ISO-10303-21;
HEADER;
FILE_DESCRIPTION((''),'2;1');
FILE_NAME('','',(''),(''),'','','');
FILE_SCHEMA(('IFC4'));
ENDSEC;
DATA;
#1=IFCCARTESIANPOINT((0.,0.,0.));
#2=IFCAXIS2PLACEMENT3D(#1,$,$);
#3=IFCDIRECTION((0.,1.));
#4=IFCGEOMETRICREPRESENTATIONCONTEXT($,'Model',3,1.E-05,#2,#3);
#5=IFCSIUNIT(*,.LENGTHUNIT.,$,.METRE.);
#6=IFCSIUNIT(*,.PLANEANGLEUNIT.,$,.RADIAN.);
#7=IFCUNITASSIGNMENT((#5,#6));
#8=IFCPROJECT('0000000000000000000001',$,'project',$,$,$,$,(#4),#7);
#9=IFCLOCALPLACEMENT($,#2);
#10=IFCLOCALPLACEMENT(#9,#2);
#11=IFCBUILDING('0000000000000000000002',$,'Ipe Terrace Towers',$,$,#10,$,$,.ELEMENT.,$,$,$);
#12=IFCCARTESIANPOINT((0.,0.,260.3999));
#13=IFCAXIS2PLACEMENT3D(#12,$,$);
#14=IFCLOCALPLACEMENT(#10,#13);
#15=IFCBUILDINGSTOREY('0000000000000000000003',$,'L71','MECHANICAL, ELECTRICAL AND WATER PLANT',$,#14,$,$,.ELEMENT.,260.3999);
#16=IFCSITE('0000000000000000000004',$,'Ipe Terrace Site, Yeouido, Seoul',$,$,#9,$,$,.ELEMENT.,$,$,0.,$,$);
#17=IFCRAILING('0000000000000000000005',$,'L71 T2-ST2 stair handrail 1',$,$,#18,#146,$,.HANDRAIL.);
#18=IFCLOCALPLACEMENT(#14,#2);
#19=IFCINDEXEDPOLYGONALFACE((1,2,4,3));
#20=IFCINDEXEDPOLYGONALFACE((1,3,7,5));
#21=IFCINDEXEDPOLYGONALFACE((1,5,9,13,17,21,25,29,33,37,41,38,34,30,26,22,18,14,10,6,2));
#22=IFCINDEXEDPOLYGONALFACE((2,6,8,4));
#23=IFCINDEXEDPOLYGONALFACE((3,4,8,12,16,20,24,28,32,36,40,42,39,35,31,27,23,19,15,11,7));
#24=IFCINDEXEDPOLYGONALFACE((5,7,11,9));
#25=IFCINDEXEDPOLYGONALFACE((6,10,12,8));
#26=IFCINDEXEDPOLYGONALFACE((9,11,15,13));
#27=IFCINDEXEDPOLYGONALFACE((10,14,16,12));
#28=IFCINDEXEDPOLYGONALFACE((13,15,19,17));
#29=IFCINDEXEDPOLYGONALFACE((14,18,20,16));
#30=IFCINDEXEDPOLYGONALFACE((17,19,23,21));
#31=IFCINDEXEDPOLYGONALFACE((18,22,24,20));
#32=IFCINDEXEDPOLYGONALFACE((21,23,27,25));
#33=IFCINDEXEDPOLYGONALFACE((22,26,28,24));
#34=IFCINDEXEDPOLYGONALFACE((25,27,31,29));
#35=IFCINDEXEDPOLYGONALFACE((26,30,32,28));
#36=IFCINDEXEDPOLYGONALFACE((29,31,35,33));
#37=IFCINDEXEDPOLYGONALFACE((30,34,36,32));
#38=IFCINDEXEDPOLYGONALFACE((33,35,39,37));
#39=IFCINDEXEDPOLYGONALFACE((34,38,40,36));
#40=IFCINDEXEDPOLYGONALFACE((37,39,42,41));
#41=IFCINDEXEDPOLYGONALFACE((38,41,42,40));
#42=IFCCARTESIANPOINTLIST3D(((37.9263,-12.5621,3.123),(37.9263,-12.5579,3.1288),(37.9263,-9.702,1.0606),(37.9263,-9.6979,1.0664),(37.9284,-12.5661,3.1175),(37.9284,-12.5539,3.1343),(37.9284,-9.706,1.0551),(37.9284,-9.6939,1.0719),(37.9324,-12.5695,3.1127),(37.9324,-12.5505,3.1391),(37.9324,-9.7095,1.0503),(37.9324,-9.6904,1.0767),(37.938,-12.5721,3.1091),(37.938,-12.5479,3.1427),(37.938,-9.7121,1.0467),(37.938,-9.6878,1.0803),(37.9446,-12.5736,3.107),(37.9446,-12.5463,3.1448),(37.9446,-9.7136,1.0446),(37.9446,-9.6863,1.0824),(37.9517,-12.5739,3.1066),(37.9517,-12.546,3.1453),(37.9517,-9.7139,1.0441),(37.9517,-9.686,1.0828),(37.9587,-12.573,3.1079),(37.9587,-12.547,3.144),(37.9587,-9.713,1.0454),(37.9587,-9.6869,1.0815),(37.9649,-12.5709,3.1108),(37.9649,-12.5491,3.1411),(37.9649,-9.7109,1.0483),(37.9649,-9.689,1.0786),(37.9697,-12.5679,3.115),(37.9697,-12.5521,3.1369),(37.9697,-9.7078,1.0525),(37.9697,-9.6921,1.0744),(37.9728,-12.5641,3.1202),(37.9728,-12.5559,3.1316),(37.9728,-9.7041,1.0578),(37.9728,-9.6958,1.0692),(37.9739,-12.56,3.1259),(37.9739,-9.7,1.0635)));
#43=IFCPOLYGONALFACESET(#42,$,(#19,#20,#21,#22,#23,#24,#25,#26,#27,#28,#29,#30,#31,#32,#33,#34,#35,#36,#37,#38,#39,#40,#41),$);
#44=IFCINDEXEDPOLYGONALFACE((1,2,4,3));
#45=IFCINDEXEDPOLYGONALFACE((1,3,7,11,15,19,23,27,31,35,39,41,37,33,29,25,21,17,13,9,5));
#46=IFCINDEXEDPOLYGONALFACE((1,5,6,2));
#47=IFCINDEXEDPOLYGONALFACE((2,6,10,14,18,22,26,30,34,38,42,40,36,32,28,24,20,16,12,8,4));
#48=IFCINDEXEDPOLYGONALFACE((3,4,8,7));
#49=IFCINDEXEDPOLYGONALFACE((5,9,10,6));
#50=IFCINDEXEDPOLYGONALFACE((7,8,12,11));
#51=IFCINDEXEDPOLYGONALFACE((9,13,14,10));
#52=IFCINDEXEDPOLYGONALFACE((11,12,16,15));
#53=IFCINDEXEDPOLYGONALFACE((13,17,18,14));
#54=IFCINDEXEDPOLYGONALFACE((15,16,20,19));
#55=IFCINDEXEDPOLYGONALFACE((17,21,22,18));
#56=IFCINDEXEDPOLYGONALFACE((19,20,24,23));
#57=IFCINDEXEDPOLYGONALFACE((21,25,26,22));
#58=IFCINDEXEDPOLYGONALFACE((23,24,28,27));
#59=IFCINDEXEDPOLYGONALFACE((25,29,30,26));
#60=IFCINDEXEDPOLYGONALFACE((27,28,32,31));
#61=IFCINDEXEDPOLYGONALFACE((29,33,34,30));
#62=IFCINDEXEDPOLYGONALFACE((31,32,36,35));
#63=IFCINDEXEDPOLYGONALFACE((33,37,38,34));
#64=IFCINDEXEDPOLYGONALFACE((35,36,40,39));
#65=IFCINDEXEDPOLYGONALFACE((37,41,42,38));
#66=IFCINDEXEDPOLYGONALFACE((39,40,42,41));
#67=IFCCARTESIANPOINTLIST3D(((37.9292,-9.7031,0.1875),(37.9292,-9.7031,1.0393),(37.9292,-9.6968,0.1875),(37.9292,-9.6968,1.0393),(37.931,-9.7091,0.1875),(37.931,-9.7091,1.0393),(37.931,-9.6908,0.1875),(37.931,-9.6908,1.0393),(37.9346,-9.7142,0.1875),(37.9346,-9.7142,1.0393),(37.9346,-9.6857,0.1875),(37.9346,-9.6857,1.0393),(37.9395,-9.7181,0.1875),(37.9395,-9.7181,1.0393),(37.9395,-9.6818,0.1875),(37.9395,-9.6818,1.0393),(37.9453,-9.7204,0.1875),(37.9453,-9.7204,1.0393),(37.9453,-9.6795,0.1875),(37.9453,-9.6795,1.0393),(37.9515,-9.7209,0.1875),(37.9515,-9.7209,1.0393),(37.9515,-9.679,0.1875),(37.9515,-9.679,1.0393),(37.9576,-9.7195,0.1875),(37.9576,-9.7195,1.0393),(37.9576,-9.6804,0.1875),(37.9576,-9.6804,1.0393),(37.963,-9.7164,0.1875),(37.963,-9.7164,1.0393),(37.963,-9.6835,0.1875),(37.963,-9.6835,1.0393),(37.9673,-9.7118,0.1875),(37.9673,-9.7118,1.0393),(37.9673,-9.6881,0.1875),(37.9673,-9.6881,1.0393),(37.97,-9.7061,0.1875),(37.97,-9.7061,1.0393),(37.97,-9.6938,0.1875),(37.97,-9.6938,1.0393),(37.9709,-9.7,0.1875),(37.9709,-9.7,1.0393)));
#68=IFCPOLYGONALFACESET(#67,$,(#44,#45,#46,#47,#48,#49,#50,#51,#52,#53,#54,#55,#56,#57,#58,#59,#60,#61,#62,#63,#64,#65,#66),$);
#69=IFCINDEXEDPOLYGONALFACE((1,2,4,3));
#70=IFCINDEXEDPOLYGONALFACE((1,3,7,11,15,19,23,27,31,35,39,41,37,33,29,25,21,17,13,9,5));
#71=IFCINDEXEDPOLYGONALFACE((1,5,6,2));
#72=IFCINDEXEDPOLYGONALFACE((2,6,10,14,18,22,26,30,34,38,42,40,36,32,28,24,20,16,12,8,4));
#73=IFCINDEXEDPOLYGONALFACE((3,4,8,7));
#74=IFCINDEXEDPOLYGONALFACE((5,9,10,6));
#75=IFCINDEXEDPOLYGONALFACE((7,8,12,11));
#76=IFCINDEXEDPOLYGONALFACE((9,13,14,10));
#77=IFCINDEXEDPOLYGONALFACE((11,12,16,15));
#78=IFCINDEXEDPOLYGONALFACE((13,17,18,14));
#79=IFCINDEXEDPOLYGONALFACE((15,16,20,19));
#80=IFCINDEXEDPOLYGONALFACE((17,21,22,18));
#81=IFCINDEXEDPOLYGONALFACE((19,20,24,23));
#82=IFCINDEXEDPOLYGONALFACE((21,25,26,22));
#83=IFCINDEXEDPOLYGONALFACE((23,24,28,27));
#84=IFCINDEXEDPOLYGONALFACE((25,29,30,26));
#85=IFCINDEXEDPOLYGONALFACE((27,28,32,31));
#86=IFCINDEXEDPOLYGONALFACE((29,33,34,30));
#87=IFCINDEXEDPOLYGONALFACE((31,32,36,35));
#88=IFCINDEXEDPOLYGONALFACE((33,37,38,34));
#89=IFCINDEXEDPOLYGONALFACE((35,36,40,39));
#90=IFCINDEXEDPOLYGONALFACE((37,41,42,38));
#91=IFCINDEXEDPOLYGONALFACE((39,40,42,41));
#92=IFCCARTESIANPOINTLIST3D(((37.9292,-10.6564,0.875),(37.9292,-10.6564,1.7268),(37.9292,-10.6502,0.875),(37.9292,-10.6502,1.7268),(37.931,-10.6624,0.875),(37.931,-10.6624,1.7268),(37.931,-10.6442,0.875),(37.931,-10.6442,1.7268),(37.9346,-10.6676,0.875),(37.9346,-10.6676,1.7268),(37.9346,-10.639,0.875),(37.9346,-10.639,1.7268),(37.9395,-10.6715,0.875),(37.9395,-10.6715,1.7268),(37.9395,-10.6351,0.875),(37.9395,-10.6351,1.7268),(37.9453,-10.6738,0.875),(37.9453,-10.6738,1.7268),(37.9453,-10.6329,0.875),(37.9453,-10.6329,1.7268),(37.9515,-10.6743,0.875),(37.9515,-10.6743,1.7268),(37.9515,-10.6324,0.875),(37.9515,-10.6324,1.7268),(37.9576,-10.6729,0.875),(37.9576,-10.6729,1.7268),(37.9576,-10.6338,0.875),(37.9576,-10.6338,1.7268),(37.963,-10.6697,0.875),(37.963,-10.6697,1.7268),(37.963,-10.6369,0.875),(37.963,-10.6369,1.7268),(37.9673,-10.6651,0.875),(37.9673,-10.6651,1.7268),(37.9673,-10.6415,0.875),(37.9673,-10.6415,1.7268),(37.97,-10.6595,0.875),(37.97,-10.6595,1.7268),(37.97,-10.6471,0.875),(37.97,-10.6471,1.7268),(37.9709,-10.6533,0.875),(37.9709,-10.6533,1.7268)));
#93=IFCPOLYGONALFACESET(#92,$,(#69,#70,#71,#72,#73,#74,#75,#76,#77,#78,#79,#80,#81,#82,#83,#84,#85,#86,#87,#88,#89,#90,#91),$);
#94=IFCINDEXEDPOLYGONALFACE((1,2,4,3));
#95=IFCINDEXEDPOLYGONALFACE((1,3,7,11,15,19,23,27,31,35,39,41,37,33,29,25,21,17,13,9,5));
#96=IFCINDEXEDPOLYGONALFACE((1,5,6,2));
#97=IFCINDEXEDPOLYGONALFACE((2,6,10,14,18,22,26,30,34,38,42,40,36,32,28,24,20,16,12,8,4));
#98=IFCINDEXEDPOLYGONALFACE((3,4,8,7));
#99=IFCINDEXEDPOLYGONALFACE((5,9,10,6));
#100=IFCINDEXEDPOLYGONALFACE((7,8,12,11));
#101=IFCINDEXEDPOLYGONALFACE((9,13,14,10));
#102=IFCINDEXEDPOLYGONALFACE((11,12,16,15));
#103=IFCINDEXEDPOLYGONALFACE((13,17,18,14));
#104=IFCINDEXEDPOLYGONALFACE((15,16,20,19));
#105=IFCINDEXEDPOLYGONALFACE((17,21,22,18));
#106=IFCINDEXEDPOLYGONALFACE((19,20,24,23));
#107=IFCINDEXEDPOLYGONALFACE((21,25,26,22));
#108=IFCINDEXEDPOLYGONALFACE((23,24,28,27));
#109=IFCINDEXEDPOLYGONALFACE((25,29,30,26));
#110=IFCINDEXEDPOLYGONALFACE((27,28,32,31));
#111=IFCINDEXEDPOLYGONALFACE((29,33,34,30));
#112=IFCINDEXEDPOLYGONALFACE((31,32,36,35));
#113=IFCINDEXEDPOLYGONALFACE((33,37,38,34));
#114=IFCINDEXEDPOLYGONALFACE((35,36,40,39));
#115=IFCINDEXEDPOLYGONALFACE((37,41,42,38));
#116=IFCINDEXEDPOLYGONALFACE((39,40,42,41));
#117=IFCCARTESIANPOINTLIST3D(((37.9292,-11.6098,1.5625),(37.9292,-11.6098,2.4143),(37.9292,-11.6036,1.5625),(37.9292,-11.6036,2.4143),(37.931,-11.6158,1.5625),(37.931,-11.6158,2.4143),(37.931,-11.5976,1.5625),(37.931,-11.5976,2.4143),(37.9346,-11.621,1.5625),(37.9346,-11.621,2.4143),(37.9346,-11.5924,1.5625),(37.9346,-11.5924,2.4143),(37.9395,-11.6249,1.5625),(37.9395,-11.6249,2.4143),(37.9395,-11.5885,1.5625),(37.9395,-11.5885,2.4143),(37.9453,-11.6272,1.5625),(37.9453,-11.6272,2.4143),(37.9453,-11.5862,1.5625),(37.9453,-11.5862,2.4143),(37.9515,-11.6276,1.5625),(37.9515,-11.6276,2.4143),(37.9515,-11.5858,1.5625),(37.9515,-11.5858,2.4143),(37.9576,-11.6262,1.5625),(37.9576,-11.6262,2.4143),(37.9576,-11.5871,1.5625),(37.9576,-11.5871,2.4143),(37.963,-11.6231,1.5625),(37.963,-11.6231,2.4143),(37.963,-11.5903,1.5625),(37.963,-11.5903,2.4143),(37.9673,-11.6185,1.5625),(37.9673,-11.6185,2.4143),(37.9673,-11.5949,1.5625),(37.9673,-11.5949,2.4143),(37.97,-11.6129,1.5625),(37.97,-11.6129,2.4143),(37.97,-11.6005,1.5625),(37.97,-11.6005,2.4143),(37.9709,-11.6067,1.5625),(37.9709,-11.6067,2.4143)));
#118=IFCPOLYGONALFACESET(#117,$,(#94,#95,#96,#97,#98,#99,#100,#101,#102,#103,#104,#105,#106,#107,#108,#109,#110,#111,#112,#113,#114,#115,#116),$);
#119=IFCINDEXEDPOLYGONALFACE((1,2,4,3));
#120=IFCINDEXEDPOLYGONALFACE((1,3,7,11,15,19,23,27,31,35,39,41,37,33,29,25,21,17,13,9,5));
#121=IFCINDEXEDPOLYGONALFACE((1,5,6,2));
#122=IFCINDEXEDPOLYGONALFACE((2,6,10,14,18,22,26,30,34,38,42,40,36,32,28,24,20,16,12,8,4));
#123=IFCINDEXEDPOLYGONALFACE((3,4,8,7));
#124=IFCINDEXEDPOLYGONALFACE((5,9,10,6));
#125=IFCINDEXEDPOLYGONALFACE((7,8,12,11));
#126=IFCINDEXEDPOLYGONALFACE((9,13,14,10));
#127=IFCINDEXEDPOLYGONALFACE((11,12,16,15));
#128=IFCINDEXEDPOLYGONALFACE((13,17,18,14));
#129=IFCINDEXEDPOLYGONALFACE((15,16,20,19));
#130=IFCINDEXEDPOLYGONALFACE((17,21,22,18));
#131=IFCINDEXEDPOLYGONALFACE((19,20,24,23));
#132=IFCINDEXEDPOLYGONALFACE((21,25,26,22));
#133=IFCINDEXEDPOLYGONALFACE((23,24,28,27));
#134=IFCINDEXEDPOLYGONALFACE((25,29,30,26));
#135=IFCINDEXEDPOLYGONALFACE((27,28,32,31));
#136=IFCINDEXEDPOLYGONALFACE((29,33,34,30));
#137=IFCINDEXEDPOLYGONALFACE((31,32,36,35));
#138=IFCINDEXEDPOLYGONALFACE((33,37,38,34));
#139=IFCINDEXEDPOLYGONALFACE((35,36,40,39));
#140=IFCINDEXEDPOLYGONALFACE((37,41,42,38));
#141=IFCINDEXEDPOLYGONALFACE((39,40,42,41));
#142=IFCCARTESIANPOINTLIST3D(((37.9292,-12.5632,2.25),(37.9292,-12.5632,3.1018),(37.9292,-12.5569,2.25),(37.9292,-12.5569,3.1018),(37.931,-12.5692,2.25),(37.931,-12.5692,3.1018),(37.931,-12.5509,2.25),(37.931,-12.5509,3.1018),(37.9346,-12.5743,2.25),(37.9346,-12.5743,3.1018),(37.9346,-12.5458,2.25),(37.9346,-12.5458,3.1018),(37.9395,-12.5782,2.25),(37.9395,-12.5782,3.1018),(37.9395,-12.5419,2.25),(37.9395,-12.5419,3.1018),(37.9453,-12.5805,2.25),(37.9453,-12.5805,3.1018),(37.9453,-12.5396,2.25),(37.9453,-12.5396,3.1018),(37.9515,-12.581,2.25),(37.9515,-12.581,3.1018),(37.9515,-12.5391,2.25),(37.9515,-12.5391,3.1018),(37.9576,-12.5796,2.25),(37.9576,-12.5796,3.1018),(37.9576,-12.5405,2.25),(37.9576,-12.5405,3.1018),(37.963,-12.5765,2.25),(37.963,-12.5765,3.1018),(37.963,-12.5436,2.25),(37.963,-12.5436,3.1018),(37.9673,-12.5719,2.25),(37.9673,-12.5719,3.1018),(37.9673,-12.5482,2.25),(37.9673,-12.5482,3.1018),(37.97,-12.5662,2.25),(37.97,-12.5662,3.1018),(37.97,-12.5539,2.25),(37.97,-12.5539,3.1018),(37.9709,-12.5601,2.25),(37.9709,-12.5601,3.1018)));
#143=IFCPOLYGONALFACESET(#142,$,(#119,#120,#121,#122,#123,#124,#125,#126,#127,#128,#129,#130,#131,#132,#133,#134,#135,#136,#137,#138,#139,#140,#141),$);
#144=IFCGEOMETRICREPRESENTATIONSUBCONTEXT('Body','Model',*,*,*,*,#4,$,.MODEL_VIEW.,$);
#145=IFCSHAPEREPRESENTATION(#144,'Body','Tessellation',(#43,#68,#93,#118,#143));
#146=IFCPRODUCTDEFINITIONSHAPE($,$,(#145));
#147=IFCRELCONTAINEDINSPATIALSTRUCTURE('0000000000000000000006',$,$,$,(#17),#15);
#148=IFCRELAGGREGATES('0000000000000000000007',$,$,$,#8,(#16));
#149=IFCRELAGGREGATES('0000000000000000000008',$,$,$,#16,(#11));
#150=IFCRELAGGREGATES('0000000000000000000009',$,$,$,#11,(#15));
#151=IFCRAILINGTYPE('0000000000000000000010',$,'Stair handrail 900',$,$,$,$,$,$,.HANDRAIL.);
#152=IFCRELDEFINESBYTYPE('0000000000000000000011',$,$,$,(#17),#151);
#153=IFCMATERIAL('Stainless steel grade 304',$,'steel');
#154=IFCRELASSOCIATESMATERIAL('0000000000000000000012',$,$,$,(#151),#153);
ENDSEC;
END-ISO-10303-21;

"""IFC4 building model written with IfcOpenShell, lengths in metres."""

from ifc_helpers import new_model, si_unit, direction, frame, origin, origin_2d, place, context, subcontext, project, spatial, circle, extrude, material, type_object, element, save


model = new_model("IFC4")

# Units and contexts
model_context = context("Model", 3, precision=1e-05, world=origin(), true_north=direction((0.0, 1.0)))
body_context = subcontext(model_context, "Body", "Model", "MODEL_VIEW")
ifc_project = project(units=[si_unit("LENGTHUNIT", "METRE"), si_unit("PLANEANGLEUNIT", "RADIAN")], contexts=[model_context])

# Site, building, storey
site_placement = place(None, origin())
site = spatial("IfcSite", under=ifc_project, at=site_placement, Name="Ipe Terrace Site, Yeouido, Seoul", CompositionType="ELEMENT", RefElevation=0.0)
building_placement = place(site_placement, origin())
building = spatial("IfcBuilding", under=site, at=building_placement, Name="Ipe Terrace Towers", CompositionType="ELEMENT")
storey_placement = place(building_placement, frame((0.0, 0.0, 260.3999)))
storey = spatial("IfcBuildingStorey", under=building, at=storey_placement, Name="L71", Description="MECHANICAL, ELECTRICAL AND WATER PLANT", CompositionType="ELEMENT", Elevation=260.3999)

# Railing
ifc_material_1 = material(Name="Stainless steel grade 304", Category="steel")
railing_type_1 = type_object("IfcRailingType", Name="Stair handrail 900", PredefinedType="HANDRAIL", material=ifc_material_1)
railing_1_placement = place(storey_placement, frame((37.95, -9.7, 0.1875)))
element("IfcRailing", 1, at=railing_1_placement, inside=storey, type_object=railing_type_1, Name="L71 T2-ST2 stair handrail 1", PredefinedType="HANDRAIL", context=body_context, shape_type="SweptSolid", body=[
    extrude(circle(Radius=0.0239, at=origin_2d()), frame((0.0, 0.0, 0.876), z_axis=(0.0, -0.811101, 0.584906), x_axis=(1.0, 0.0, 0.0)), (0.0, 0.0, 1.0), 3.5261),
    extrude(circle(Radius=0.021, at=origin_2d()), origin(), (0.0, 0.0, 1.0), 0.8518),
    extrude(circle(Radius=0.021, at=origin_2d()), frame((0.0, -0.9534, 0.6875)), (0.0, 0.0, 1.0), 0.8518),
    extrude(circle(Radius=0.021, at=origin_2d()), frame((0.0, -1.9067, 1.375)), (0.0, 0.0, 1.0), 0.8518),
    extrude(circle(Radius=0.021, at=origin_2d()), frame((0.0, -2.8601, 2.0625)), (0.0, 0.0, 1.0), 0.8518),
])

save(model, "model.ifc")
